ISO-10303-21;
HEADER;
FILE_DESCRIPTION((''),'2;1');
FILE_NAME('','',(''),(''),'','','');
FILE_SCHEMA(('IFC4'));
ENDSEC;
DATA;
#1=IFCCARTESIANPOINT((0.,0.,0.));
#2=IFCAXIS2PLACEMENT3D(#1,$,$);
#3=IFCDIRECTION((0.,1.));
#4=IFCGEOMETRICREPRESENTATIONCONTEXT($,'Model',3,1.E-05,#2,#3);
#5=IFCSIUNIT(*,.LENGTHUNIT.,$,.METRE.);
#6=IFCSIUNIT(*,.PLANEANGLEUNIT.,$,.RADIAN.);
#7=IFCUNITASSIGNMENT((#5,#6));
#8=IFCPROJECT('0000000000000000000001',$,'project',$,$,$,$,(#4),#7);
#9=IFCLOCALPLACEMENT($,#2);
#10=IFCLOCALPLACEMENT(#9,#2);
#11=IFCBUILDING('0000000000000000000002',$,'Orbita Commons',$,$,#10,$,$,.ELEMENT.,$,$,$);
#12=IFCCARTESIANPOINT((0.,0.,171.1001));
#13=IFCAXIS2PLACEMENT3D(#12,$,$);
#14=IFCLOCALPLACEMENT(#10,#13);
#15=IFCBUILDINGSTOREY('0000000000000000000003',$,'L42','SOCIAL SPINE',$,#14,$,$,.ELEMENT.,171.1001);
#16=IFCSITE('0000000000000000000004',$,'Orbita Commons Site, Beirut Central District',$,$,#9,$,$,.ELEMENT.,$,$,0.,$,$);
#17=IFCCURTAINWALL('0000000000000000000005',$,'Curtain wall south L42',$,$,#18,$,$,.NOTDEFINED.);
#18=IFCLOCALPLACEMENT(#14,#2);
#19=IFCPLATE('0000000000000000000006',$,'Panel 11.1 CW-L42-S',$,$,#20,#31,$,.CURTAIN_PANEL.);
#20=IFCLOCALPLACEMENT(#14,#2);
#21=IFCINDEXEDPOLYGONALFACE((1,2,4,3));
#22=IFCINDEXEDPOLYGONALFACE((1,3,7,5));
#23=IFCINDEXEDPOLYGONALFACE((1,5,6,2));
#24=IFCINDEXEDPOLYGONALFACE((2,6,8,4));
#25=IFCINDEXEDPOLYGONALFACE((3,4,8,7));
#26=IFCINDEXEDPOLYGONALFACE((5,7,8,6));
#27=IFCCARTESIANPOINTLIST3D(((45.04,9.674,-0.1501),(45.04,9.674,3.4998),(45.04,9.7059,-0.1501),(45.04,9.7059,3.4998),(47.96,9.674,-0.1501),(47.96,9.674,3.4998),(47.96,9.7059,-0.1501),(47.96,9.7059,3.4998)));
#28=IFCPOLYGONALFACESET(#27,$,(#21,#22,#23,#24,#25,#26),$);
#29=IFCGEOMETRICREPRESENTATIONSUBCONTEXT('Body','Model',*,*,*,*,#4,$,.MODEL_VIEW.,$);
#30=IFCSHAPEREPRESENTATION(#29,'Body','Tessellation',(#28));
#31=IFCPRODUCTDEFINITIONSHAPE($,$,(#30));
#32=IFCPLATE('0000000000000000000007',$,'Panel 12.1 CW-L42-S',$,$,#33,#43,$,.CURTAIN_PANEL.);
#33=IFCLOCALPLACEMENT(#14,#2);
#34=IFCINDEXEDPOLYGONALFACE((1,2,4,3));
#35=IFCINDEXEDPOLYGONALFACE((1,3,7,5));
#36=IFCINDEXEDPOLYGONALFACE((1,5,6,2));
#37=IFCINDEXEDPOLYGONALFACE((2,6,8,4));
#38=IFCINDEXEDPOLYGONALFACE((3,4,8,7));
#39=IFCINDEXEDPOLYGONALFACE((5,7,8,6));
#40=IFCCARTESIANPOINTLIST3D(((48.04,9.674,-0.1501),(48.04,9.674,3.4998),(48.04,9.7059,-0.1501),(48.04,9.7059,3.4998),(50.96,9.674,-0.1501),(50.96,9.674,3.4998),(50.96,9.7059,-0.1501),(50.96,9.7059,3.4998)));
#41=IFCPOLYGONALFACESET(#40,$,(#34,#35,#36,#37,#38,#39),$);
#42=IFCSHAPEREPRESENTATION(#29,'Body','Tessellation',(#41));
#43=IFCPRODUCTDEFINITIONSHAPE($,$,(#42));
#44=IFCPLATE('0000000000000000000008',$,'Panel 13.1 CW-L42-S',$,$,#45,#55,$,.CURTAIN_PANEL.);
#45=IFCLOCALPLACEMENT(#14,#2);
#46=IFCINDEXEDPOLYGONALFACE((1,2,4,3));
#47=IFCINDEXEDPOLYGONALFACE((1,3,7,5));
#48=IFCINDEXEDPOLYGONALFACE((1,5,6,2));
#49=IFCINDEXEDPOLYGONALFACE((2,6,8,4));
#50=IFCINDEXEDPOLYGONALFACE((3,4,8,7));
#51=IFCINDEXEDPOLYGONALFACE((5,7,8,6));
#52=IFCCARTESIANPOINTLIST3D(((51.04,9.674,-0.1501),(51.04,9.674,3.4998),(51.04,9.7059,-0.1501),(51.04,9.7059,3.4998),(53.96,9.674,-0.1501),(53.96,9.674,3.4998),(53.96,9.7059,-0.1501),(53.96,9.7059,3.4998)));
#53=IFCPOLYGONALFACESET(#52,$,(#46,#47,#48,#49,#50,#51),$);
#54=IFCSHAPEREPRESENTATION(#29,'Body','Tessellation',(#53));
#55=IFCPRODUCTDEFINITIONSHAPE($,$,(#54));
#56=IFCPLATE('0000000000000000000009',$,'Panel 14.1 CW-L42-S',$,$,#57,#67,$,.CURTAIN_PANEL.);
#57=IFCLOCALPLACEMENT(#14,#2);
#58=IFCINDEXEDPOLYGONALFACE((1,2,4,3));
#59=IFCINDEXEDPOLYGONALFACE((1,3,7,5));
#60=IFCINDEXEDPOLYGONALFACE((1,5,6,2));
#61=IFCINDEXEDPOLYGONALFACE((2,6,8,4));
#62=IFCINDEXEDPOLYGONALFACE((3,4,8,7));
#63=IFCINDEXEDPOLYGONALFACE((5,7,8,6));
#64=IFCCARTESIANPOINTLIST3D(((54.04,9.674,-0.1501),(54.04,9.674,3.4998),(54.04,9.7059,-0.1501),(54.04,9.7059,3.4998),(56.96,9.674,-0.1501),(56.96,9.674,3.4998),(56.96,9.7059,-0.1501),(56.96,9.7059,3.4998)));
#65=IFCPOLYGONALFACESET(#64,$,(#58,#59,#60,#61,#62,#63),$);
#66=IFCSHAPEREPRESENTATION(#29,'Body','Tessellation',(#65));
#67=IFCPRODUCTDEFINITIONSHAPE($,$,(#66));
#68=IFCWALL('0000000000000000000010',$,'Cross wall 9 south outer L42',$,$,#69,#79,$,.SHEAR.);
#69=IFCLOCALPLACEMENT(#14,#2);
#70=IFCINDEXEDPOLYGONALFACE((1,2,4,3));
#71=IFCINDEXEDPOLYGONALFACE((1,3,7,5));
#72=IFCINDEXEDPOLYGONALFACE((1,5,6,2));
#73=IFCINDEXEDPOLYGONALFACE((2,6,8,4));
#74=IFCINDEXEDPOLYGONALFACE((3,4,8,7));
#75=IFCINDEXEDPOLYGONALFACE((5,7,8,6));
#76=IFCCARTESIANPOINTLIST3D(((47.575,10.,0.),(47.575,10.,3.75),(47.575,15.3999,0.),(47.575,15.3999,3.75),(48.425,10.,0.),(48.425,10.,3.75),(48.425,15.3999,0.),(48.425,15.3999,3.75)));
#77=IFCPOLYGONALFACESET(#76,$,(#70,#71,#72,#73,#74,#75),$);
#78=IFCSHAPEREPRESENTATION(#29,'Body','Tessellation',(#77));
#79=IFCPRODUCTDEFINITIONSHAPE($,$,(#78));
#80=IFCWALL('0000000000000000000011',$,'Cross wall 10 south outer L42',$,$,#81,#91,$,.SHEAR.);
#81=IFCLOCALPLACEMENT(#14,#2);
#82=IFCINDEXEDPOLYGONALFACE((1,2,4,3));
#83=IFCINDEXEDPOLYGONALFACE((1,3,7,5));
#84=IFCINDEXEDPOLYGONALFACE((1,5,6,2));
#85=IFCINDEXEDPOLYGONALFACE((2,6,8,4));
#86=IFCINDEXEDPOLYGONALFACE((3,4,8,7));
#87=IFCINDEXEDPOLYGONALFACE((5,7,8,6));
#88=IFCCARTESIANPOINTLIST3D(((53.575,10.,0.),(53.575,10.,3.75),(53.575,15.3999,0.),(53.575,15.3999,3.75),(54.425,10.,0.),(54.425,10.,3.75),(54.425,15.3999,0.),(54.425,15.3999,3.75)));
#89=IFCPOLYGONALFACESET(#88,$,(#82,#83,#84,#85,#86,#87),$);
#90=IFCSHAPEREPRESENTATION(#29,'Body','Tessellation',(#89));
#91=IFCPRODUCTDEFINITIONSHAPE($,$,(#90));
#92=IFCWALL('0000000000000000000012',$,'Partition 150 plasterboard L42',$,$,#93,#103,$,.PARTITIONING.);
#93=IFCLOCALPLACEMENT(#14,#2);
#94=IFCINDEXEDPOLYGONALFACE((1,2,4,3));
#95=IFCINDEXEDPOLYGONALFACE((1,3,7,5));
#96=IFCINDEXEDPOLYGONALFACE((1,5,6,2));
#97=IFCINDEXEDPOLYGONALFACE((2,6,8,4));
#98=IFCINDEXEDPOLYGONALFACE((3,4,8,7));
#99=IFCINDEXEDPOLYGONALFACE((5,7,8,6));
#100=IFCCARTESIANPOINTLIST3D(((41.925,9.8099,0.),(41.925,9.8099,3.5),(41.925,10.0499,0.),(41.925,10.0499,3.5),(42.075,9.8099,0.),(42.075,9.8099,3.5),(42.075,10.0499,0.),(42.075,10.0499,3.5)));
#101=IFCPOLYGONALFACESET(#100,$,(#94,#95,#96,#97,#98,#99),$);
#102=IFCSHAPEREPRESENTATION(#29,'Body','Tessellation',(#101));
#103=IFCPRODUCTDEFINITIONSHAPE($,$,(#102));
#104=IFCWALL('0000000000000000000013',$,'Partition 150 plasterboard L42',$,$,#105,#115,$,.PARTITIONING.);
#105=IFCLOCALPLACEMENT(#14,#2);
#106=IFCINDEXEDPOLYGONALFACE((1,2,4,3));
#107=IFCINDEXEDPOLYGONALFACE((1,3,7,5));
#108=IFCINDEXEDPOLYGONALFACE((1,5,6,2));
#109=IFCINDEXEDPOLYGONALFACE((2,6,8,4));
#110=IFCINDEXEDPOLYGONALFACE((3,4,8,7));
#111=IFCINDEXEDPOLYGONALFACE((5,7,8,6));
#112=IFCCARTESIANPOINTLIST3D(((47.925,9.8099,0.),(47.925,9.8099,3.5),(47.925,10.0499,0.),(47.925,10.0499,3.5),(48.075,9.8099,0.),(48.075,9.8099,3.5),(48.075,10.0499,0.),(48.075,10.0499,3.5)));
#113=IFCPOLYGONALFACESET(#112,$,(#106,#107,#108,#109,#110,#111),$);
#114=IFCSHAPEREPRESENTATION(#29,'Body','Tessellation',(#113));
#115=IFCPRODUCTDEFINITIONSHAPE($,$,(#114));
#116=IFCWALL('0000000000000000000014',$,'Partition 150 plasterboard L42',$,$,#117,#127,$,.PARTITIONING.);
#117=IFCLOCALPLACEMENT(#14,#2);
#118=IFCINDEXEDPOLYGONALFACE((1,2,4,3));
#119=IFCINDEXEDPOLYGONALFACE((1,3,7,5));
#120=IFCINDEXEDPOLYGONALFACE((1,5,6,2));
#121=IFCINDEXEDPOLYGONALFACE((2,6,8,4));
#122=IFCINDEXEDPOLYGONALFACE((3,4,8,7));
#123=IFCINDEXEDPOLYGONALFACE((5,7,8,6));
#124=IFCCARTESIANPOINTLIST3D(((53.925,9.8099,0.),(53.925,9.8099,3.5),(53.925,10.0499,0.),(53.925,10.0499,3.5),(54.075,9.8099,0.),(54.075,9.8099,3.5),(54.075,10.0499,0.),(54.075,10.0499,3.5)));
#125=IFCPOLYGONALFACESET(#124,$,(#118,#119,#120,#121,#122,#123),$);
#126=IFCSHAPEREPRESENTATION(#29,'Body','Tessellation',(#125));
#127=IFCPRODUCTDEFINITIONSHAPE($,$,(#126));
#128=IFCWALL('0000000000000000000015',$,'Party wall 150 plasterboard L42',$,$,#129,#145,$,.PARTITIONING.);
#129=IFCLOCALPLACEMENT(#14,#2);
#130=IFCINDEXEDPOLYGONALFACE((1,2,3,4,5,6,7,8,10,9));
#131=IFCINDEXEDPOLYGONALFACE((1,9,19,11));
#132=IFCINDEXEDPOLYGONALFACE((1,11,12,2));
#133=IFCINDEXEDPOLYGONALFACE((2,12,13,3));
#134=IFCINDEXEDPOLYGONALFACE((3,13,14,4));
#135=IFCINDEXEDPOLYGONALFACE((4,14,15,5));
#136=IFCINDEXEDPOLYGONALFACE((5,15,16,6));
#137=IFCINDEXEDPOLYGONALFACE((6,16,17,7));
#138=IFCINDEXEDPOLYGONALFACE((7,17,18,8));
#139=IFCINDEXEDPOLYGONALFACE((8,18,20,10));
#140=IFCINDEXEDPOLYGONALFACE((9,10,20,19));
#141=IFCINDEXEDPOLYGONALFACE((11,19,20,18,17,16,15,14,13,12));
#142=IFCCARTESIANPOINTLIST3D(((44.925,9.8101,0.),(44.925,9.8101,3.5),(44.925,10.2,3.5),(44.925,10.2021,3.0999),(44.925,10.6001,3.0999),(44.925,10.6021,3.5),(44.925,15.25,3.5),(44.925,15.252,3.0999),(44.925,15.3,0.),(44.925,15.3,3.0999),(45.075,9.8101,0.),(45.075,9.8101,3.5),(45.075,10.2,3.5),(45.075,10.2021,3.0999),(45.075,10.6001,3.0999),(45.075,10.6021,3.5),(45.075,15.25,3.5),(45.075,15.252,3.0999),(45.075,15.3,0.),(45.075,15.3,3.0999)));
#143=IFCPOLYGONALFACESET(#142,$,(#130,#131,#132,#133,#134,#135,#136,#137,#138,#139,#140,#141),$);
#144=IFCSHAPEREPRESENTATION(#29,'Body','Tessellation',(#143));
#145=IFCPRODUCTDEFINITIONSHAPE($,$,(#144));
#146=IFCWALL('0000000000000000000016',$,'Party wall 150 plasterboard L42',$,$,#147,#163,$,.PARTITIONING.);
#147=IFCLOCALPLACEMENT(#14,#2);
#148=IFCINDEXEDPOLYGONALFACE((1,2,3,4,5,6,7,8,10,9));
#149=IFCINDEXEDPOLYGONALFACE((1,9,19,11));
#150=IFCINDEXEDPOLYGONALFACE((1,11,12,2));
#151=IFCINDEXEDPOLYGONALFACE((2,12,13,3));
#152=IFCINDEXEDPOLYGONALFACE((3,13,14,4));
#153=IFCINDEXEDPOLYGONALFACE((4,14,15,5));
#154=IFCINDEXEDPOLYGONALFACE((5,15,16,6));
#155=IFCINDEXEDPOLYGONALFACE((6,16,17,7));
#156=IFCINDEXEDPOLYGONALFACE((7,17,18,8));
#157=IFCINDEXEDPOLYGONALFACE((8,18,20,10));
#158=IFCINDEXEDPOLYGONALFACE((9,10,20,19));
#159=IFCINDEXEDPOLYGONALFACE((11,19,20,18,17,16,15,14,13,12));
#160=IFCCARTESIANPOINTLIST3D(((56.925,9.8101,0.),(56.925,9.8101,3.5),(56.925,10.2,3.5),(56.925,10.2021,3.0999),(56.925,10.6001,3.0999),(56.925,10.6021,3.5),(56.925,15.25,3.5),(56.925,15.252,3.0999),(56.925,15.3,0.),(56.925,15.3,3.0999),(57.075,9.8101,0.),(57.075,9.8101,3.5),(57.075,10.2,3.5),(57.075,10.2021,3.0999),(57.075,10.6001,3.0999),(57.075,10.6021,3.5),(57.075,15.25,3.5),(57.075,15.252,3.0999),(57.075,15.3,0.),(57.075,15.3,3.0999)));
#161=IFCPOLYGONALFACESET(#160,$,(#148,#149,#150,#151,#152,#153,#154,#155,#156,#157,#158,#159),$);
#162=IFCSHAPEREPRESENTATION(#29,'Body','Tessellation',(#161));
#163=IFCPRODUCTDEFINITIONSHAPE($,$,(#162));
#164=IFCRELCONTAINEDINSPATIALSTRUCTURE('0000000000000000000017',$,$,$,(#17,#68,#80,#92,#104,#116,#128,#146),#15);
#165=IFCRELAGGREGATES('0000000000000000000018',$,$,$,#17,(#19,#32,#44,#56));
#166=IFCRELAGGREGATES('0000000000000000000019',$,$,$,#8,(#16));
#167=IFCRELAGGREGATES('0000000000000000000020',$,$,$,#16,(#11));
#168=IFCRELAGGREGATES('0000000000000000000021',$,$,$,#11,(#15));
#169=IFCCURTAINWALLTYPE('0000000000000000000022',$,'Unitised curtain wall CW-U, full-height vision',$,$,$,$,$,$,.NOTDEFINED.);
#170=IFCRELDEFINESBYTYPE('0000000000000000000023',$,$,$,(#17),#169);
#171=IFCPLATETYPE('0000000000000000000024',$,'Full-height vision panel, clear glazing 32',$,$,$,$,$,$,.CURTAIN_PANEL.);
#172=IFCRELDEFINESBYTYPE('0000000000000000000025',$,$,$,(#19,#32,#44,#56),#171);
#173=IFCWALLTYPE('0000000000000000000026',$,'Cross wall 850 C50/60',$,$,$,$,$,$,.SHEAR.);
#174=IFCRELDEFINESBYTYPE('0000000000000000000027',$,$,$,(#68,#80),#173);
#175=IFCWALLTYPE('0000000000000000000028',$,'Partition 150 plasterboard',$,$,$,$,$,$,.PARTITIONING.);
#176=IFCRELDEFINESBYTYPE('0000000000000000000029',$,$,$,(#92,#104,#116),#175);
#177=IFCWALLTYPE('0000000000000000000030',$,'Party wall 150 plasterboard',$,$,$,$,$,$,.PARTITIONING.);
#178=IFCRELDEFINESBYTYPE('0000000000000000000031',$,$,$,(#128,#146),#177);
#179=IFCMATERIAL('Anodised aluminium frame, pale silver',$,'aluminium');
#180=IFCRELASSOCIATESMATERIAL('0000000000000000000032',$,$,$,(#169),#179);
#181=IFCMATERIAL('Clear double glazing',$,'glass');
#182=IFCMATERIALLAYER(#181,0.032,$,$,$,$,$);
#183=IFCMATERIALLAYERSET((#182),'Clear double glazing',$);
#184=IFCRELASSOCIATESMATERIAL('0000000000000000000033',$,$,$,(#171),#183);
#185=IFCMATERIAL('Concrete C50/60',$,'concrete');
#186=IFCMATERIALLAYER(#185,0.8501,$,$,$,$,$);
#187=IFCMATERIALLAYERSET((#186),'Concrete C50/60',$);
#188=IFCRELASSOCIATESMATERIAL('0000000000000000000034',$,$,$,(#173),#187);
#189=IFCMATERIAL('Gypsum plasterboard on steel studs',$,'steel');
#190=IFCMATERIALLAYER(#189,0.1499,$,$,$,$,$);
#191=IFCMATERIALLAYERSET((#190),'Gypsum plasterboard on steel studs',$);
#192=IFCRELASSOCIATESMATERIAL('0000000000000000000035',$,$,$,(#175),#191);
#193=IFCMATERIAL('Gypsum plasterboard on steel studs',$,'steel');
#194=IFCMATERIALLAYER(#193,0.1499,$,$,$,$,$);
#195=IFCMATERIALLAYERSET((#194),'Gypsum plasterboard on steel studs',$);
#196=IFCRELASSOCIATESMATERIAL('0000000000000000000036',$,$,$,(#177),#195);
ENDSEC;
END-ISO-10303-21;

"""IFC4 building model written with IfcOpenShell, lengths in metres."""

from ifc_helpers import new_model, si_unit, direction, frame, frame_2d, origin, origin_2d, place, context, subcontext, project, spatial, polyline, rectangle, outline, extrude, material, layer, layer_set, type_object, element, aggregate, save


model = new_model("IFC4")

# Units and contexts
model_context = context("Model", 3, precision=1e-05, world=origin(), true_north=direction((0.0, 1.0)))
body_context = subcontext(model_context, "Body", "Model", "MODEL_VIEW")
ifc_project = project(units=[si_unit("LENGTHUNIT", "METRE"), si_unit("PLANEANGLEUNIT", "RADIAN")], contexts=[model_context])

# Site, building, storey
site_placement = place(None, origin())
site = spatial("IfcSite", under=ifc_project, at=site_placement, Name="Orbita Commons Site, Beirut Central District", CompositionType="ELEMENT", RefElevation=0.0)
building_placement = place(site_placement, origin())
building = spatial("IfcBuilding", under=site, at=building_placement, Name="Orbita Commons", CompositionType="ELEMENT")
storey_placement = place(building_placement, frame((0.0, 0.0, 171.1001)))
storey = spatial("IfcBuildingStorey", under=building, at=storey_placement, Name="L42", Description="SOCIAL SPINE", CompositionType="ELEMENT", Elevation=171.1001)

# Curtain wall, plates
ifc_material_1 = material(Name="Anodised aluminium frame, pale silver", Category="aluminium")
curtain_wall_type = type_object("IfcCurtainWallType", Name="Unitised curtain wall CW-U, full-height vision", PredefinedType="NOTDEFINED", material=ifc_material_1)
curtain_wall_placement = place(storey_placement, origin())
curtain_wall = element("IfcCurtainWall", 1, at=curtain_wall_placement, inside=storey, type_object=curtain_wall_type, Name="Curtain wall south L42", PredefinedType="NOTDEFINED")
ifc_material_2 = material(Name="Clear double glazing", Category="glass")
ifc_layer_1 = layer(ifc_material_2, 0.032)
ifc_layer_set_1 = layer_set([ifc_layer_1], Name="Clear double glazing")
plate_type = type_object("IfcPlateType", Name="Full-height vision panel, clear glazing 32", PredefinedType="CURTAIN_PANEL", material=ifc_layer_set_1)
plate_1_placement = place(storey_placement, frame((46.5, 9.6899, -0.1501), z_axis=(0.0, 0.0, 1.0), x_axis=(1.0, 0.0, 0.0)))
plate_1 = element("IfcPlate", 2, at=plate_1_placement, type_object=plate_type, Name="Panel 11.1 CW-L42-S", PredefinedType="CURTAIN_PANEL", context=body_context, shape_type="SweptSolid", body=[
    extrude(rectangle(XDim=2.9199, YDim=0.032, at=origin_2d()), origin(), (0.0, 0.0, 1.0), 3.6499),
])
plate_2_placement = place(storey_placement, frame((49.5, 9.6899, -0.1501), z_axis=(0.0, 0.0, 1.0), x_axis=(1.0, 0.0, 0.0)))
plate_2 = element("IfcPlate", 3, at=plate_2_placement, type_object=plate_type, Name="Panel 12.1 CW-L42-S", PredefinedType="CURTAIN_PANEL", context=body_context, shape_type="SweptSolid", body=[
    extrude(rectangle(XDim=2.9199, YDim=0.032, at=origin_2d()), origin(), (0.0, 0.0, 1.0), 3.6499),
])
plate_3_placement = place(storey_placement, frame((52.5, 9.6899, -0.1501), z_axis=(0.0, 0.0, 1.0), x_axis=(1.0, 0.0, 0.0)))
plate_3 = element("IfcPlate", 4, at=plate_3_placement, type_object=plate_type, Name="Panel 13.1 CW-L42-S", PredefinedType="CURTAIN_PANEL", context=body_context, shape_type="SweptSolid", body=[
    extrude(rectangle(XDim=2.9199, YDim=0.032, at=origin_2d()), origin(), (0.0, 0.0, 1.0), 3.6499),
])
plate_4_placement = place(storey_placement, frame((55.5, 9.6899, -0.1501), z_axis=(0.0, 0.0, 1.0), x_axis=(1.0, 0.0, 0.0)))
plate_4 = element("IfcPlate", 5, at=plate_4_placement, type_object=plate_type, Name="Panel 14.1 CW-L42-S", PredefinedType="CURTAIN_PANEL", context=body_context, shape_type="SweptSolid", body=[
    extrude(rectangle(XDim=2.9199, YDim=0.032, at=origin_2d()), origin(), (0.0, 0.0, 1.0), 3.6499),
])
aggregate(curtain_wall, [plate_1, plate_2, plate_3, plate_4])

# Walls
ifc_material_3 = material(Name="Concrete C50/60", Category="concrete")
ifc_layer_2 = layer(ifc_material_3, 0.8501)
ifc_layer_set_2 = layer_set([ifc_layer_2], Name="Concrete C50/60")
wall_type_1 = type_object("IfcWallType", Name="Cross wall 850 C50/60", PredefinedType="SHEAR", material=ifc_layer_set_2)
for number, where, z_axis, x_axis, name in (
    (6, (48.0, 10.0, 0.0), (0.0, 0.0, 1.0), (0.0, 1.0, 0.0), "Cross wall 9 south outer L42"),
    (7, (54.0, 10.0, 0.0), (0.0, 0.0, 1.0), (0.0, 1.0, 0.0), "Cross wall 10 south outer L42"),
):
    element("IfcWall", number, at=place(storey_placement, frame(where, z_axis=z_axis, x_axis=x_axis)), inside=storey, type_object=wall_type_1, Name=name, PredefinedType="SHEAR", context=body_context, shape_type="SweptSolid", body=[
        extrude(rectangle(XDim=5.3999, YDim=0.8501, at=frame_2d((2.7, 0.0))), origin(), (0.0, 0.0, 1.0), 3.75),
    ])
ifc_material_4 = material(Name="Gypsum plasterboard on steel studs", Category="steel")
ifc_layer_3 = layer(ifc_material_4, 0.1499)
ifc_layer_set_3 = layer_set([ifc_layer_3], Name="Gypsum plasterboard on steel studs")
wall_type_2 = type_object("IfcWallType", Name="Partition 150 plasterboard", PredefinedType="PARTITIONING", material=ifc_layer_set_3)
for number, where, z_axis, x_axis, name in (
    (8, (42.0, 10.05, 0.0), (0.0, 0.0, 1.0), (0.0, -1.0, 0.0), "Partition 150 plasterboard L42"),
    (9, (48.0, 10.05, 0.0), (0.0, 0.0, 1.0), (0.0, -1.0, 0.0), "Partition 150 plasterboard L42"),
    (10, (54.0, 10.05, 0.0), (0.0, 0.0, 1.0), (0.0, -1.0, 0.0), "Partition 150 plasterboard L42"),
):
    element("IfcWall", number, at=place(storey_placement, frame(where, z_axis=z_axis, x_axis=x_axis)), inside=storey, type_object=wall_type_2, Name=name, PredefinedType="PARTITIONING", context=body_context, shape_type="SweptSolid", body=[
        extrude(rectangle(XDim=0.24, YDim=0.1499, at=frame_2d((0.1201, 0.0))), origin(), (0.0, 0.0, 1.0), 3.5),
    ])
ifc_material_5 = material(Name="Gypsum plasterboard on steel studs", Category="steel")
ifc_layer_4 = layer(ifc_material_5, 0.1499)
ifc_layer_set_4 = layer_set([ifc_layer_4], Name="Gypsum plasterboard on steel studs")
wall_type_3 = type_object("IfcWallType", Name="Party wall 150 plasterboard", PredefinedType="PARTITIONING", material=ifc_layer_set_4)
for number, where, z_axis, x_axis, name in (
    (11, (45.0, 9.8101, 0.0), (0.0, 0.0, 1.0), (0.0, 1.0, 0.0), "Party wall 150 plasterboard L42"),
    (12, (57.0, 9.8101, 0.0), (0.0, 0.0, 1.0), (0.0, 1.0, 0.0), "Party wall 150 plasterboard L42"),
):
    element("IfcWall", number, at=place(storey_placement, frame(where, z_axis=z_axis, x_axis=x_axis)), inside=storey, type_object=wall_type_3, Name=name, PredefinedType="PARTITIONING", context=body_context, shape_type="SweptSolid", body=[
        extrude(outline(polyline([(0.0, 0.0), (5.49, 0.0), (5.49, 3.0999), (5.4419, 3.0999), (5.4399, 3.5), (0.792, 3.5), (0.79, 3.0999), (0.3921, 3.0999), (0.3899, 3.5), (0.0, 3.5), (0.0, 0.0)])), frame((0.0, 0.075, 0.0), z_axis=(0.0, -1.0, 0.0), x_axis=(1.0, 0.0, 0.0)), (0.0, 0.0, 1.0), 0.1499),
    ])

save(model, "model.ifc")
